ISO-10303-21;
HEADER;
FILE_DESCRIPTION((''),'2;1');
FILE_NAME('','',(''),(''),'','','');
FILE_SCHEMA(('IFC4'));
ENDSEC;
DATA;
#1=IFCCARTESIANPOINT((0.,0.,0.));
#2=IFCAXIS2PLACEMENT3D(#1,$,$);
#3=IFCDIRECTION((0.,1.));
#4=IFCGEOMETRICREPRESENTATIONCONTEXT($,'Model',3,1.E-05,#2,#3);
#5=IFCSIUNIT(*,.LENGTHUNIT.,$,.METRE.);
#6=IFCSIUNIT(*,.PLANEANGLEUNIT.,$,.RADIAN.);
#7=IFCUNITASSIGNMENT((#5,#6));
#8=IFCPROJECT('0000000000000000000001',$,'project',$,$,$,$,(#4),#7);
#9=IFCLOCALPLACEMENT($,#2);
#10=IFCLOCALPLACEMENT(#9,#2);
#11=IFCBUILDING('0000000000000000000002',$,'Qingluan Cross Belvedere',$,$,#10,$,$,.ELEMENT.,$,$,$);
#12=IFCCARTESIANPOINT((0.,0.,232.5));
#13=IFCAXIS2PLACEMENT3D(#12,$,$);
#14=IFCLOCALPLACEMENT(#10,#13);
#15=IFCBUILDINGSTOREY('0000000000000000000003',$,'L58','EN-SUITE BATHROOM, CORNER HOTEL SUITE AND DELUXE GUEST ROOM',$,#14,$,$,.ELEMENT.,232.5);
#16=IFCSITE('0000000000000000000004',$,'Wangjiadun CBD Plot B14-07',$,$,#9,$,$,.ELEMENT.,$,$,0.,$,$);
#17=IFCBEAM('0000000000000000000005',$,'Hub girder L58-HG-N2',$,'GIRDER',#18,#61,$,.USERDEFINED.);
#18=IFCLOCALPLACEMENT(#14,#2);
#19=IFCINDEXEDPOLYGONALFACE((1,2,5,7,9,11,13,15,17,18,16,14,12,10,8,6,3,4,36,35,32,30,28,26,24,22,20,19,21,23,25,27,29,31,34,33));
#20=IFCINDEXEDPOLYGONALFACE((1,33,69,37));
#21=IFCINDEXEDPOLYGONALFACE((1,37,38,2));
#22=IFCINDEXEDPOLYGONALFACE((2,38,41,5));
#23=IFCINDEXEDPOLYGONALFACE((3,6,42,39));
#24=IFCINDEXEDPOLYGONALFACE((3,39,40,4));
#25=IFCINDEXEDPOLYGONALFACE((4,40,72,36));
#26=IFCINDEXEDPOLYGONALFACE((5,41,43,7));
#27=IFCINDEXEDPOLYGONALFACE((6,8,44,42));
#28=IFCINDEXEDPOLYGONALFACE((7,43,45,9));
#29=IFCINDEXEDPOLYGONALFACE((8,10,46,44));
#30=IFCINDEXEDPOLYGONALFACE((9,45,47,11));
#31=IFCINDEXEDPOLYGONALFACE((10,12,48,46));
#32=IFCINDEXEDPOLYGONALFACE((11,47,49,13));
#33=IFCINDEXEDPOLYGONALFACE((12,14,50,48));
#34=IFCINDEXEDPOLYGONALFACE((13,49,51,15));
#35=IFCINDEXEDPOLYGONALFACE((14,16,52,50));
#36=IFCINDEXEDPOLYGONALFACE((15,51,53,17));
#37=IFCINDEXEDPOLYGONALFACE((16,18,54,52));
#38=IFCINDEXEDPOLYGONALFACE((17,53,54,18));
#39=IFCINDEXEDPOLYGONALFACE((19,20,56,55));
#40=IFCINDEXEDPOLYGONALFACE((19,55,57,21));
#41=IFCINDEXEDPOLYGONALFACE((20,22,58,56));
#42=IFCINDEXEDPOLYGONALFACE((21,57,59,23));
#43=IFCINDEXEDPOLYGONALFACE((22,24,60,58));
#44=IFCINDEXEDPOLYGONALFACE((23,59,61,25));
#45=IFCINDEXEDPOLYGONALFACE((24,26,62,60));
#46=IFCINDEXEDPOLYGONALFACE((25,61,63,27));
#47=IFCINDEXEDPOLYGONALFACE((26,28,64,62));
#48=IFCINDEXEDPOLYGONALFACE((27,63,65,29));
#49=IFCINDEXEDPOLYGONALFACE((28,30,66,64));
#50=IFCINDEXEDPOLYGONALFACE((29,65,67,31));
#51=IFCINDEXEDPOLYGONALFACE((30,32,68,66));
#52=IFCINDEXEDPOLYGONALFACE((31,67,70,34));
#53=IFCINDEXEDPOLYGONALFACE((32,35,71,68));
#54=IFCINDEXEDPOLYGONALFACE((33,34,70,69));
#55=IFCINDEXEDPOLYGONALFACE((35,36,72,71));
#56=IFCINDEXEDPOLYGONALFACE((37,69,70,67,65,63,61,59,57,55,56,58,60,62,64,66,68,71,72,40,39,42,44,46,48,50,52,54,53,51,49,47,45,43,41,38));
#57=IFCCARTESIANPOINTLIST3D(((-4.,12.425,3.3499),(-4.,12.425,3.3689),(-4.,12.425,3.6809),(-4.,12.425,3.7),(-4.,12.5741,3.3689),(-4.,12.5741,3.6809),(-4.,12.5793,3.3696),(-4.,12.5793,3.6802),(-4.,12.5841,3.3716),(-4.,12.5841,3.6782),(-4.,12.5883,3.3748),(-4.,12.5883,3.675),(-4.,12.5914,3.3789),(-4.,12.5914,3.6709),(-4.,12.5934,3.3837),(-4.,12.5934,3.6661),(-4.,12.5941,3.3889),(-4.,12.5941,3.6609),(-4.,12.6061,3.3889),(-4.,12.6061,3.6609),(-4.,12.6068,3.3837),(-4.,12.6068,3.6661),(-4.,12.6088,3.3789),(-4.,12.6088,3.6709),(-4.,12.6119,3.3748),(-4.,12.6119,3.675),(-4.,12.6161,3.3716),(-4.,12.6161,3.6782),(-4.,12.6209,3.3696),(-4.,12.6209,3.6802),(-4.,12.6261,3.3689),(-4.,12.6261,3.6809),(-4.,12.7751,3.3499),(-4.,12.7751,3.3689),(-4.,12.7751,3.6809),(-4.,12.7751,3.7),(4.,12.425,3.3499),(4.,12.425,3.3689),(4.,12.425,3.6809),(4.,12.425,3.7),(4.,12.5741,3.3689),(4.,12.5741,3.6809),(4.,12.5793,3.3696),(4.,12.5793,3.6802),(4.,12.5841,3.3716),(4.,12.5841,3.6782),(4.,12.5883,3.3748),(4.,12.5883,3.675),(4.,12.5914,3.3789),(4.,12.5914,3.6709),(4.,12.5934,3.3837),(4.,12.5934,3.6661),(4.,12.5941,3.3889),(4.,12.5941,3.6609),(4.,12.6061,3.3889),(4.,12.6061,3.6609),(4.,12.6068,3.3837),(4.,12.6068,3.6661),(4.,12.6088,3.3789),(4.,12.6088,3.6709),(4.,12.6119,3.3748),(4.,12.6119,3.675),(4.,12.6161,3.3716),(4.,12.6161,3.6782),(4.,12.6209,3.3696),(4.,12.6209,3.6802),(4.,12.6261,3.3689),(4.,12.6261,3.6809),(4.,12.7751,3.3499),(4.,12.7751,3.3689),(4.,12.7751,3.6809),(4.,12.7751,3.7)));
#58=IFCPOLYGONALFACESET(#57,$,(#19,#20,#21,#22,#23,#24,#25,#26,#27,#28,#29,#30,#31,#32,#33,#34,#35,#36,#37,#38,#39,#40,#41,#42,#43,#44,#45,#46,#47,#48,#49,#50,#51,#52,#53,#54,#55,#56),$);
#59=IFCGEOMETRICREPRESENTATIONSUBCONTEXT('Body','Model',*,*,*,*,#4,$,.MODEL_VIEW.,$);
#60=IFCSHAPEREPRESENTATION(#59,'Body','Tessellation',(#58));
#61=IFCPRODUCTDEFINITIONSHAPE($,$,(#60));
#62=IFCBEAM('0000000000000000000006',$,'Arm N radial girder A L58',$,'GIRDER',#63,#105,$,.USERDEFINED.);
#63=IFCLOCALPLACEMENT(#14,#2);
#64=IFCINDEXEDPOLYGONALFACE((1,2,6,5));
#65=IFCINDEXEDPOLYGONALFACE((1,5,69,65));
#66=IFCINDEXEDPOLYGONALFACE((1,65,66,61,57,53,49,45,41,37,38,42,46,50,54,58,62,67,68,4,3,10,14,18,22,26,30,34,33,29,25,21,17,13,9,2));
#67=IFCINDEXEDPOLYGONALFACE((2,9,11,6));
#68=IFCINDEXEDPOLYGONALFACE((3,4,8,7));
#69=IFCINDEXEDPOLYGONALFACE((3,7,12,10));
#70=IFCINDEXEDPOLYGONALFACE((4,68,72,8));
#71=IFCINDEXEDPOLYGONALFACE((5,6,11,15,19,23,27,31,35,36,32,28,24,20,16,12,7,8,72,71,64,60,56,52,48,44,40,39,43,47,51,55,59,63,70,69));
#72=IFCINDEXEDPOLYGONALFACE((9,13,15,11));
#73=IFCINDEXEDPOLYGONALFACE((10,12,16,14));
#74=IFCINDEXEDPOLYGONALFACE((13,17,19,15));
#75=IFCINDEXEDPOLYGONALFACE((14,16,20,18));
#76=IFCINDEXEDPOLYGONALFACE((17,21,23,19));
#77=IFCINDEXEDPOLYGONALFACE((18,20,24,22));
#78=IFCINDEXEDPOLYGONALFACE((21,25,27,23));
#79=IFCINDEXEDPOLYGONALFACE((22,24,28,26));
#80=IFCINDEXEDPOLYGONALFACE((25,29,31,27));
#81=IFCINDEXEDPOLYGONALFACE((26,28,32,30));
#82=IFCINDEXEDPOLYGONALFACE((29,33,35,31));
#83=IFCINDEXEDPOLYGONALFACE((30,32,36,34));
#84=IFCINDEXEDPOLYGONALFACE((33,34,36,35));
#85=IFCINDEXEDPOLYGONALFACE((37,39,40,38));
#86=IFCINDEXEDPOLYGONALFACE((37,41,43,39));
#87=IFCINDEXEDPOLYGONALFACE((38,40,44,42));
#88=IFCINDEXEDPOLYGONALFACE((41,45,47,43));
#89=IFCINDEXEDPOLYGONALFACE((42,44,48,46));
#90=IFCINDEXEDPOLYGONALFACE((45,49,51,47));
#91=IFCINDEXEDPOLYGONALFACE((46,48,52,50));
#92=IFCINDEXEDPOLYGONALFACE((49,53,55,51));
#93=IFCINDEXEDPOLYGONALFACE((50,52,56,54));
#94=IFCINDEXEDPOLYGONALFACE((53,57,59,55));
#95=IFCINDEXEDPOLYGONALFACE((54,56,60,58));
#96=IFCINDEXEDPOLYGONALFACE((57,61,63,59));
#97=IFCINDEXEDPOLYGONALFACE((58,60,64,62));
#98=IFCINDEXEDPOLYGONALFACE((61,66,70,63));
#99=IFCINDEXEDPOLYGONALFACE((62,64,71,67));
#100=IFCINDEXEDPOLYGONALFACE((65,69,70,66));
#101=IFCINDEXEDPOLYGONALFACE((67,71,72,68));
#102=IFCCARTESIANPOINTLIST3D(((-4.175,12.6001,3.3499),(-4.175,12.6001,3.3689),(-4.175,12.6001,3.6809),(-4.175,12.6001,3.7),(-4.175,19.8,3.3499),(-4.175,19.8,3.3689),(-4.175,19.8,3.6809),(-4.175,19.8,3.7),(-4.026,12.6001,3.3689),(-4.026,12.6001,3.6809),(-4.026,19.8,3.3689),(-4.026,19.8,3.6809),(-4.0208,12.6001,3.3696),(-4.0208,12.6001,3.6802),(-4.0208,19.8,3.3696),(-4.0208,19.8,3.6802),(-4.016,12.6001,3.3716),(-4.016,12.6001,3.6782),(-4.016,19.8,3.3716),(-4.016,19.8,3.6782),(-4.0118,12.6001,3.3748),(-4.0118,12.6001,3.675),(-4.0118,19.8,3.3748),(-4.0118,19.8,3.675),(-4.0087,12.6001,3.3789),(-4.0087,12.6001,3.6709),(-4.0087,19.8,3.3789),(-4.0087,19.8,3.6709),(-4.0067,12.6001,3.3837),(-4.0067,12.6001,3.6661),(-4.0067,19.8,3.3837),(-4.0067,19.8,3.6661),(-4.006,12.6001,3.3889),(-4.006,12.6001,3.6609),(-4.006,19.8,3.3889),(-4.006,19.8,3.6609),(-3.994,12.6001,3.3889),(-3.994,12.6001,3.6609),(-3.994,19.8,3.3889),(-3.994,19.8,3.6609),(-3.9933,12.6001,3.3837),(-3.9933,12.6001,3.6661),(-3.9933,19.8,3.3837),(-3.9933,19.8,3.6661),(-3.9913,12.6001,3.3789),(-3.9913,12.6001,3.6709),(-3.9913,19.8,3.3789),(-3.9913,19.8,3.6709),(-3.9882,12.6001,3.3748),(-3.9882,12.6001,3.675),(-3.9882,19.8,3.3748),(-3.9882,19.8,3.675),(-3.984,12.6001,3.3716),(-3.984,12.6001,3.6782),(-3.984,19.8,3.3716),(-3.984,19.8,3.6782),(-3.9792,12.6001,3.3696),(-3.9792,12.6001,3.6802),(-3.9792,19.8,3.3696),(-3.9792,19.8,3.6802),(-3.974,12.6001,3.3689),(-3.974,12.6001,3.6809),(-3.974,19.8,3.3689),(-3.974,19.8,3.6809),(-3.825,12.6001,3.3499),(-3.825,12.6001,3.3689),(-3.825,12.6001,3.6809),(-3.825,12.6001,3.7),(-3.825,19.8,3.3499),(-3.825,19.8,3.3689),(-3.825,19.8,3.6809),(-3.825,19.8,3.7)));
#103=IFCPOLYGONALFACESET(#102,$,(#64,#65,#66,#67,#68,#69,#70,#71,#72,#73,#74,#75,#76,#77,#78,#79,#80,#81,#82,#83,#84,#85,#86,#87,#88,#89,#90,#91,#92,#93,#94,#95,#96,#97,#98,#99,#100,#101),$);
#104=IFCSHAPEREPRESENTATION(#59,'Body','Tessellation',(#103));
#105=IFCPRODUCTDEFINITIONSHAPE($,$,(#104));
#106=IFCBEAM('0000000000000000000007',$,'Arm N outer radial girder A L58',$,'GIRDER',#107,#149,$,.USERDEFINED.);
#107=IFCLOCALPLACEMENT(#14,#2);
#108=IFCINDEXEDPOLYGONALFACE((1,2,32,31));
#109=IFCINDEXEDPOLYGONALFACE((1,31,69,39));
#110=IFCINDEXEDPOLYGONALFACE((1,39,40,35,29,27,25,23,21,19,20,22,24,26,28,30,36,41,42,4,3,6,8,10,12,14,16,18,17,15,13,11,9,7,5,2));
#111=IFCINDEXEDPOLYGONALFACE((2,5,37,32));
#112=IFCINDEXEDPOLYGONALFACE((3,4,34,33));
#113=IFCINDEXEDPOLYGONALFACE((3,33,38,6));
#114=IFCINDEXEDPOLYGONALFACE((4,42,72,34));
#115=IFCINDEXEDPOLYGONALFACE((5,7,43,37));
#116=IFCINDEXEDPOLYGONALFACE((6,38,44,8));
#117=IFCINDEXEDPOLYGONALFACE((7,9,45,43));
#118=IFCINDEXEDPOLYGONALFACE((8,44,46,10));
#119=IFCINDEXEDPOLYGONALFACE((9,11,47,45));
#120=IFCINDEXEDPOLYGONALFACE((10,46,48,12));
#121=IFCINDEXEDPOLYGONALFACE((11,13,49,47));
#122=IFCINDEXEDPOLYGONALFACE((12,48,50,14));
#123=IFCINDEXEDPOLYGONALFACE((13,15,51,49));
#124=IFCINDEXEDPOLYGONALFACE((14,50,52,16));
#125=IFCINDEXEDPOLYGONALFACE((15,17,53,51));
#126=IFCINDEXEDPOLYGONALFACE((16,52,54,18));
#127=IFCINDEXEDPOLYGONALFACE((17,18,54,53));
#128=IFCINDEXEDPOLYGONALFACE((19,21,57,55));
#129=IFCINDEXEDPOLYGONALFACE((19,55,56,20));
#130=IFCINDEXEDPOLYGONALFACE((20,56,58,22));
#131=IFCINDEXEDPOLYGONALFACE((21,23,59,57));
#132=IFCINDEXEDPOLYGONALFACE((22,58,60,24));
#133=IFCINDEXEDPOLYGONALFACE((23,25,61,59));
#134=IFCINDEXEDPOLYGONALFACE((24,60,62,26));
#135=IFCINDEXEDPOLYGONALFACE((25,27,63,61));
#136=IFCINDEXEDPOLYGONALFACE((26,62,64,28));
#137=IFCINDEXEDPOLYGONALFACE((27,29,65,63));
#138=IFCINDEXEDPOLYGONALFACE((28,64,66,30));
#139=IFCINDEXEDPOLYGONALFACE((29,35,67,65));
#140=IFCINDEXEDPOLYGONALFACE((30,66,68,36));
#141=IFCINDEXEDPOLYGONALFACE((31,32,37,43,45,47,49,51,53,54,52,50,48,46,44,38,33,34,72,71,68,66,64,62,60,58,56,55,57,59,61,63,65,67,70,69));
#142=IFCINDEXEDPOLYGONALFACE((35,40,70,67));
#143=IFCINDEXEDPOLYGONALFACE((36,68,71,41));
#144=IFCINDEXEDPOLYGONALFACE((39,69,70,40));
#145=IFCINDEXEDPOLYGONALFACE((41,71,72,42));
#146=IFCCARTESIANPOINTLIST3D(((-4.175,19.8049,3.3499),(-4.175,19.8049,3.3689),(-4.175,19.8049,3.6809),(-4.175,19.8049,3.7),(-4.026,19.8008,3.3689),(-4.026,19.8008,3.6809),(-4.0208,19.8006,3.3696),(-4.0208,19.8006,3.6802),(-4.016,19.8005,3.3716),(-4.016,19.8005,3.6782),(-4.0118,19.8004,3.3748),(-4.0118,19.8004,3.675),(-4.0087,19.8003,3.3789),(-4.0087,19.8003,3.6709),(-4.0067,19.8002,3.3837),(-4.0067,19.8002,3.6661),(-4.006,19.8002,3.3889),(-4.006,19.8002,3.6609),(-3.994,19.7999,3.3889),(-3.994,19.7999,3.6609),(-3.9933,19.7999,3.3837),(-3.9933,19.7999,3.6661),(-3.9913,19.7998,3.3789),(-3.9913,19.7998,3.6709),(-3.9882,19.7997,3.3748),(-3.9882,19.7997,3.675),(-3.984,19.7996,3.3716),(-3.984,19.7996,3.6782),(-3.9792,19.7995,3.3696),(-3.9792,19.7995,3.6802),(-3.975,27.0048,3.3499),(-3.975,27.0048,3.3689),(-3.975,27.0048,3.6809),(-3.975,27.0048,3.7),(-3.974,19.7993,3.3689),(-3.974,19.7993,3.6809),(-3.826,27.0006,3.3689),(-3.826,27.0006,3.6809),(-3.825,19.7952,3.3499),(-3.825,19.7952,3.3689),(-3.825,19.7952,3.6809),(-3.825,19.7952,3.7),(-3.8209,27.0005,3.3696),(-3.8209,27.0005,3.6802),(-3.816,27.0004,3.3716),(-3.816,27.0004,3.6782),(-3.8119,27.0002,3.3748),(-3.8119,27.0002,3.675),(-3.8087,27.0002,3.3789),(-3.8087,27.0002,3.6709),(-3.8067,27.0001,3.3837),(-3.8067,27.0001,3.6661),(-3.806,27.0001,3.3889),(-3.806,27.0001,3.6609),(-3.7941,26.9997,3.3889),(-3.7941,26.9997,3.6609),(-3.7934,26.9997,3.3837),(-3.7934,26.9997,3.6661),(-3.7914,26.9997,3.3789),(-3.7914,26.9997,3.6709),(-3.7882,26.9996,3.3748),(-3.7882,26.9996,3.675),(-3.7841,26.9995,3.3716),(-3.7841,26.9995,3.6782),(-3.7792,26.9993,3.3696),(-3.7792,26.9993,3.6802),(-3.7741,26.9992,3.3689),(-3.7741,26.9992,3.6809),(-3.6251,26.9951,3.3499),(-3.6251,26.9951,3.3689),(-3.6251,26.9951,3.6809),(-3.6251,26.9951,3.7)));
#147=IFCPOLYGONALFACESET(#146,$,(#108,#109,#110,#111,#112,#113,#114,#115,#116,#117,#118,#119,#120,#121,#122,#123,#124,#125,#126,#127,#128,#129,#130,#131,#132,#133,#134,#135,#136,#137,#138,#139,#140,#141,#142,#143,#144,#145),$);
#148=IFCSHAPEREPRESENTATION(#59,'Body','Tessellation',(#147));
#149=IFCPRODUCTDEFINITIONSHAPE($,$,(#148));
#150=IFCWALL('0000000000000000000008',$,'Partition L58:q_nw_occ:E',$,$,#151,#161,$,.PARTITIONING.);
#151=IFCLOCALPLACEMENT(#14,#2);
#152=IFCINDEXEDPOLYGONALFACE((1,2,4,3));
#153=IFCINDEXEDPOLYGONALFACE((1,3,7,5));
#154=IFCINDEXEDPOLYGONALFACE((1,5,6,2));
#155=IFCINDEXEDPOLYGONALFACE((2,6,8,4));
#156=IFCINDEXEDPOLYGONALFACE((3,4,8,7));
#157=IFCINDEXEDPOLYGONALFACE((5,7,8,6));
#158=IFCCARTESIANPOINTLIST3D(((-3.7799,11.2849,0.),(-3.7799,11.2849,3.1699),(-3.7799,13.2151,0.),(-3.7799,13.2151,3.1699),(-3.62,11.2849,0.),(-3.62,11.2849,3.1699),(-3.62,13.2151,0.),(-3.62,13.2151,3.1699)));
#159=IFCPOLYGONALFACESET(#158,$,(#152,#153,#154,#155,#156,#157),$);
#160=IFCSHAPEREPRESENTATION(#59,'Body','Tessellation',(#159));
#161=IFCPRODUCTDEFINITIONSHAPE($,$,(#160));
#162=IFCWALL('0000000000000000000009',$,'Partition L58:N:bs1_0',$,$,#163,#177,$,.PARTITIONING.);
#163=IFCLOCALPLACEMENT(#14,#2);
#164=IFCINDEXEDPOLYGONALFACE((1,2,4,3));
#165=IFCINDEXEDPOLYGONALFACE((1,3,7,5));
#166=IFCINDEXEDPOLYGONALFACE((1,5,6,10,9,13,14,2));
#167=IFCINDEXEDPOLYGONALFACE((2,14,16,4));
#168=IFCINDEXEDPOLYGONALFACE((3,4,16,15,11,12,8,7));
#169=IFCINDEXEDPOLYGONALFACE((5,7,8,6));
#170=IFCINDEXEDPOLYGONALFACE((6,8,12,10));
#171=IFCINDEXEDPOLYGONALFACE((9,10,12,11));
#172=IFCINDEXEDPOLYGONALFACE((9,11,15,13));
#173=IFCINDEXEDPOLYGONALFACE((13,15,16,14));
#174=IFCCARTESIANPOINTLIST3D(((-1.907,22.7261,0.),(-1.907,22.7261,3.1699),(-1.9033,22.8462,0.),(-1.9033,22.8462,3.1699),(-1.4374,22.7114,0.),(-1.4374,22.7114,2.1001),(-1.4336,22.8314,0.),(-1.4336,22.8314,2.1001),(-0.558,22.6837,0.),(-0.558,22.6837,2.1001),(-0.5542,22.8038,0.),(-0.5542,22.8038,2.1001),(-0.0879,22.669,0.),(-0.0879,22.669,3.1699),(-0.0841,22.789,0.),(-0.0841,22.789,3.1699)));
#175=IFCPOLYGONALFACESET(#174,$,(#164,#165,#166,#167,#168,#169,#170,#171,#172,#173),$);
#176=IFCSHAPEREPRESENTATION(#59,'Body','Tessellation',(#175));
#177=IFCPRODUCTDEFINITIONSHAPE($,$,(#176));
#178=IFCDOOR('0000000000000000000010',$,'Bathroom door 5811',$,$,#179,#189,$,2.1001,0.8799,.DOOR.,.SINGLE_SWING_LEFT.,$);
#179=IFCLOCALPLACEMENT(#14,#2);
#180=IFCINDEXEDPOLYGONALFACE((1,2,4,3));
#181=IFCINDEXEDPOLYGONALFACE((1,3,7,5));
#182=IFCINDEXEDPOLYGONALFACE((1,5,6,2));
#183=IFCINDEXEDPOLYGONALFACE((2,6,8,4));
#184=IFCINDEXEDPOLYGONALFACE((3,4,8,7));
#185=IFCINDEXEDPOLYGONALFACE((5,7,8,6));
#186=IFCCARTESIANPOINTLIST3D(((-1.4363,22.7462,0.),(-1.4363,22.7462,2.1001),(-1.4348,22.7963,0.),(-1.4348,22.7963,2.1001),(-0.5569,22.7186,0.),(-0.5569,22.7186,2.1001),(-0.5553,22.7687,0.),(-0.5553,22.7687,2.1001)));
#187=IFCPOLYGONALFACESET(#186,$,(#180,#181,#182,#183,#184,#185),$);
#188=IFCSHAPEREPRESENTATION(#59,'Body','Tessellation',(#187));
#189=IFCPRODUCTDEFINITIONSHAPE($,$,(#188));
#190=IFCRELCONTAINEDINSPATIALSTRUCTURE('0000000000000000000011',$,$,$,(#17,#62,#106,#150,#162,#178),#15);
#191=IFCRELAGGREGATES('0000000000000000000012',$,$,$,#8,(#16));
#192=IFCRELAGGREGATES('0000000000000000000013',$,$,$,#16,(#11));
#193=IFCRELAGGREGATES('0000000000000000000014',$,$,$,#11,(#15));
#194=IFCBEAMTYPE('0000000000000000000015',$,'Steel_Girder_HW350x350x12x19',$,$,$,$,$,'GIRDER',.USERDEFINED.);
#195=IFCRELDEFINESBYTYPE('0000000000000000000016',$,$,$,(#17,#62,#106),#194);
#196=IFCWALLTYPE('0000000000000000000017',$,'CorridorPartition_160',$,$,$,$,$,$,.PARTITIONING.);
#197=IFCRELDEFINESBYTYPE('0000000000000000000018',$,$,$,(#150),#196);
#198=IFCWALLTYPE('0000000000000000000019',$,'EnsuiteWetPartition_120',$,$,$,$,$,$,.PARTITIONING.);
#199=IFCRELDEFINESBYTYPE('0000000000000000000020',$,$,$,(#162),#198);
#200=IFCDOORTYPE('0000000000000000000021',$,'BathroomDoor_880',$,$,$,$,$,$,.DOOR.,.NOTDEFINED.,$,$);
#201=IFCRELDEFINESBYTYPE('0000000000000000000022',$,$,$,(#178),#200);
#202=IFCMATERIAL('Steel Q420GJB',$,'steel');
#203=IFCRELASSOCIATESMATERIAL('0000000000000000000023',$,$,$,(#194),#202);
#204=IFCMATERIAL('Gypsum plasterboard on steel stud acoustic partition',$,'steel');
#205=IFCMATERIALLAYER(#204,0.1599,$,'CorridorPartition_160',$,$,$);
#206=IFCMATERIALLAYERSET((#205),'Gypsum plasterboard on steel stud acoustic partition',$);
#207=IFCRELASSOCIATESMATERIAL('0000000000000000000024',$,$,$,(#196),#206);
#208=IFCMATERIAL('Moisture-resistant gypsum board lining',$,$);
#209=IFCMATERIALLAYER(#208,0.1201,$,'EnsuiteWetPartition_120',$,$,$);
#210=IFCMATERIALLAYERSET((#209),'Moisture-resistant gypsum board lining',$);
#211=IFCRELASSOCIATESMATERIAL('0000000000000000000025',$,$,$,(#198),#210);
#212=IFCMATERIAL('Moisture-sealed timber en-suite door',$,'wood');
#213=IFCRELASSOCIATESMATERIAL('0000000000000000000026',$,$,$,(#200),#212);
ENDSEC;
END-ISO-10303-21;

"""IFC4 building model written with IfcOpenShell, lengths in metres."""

from ifc_helpers import new_model, si_unit, direction, frame, frame_2d, origin, origin_2d, place, context, subcontext, project, spatial, rectangle, i_section, extrude, material, layer, layer_set, material_profile, profile_set, type_object, element, fill, save


model = new_model("IFC4")

# Units and contexts
model_context = context("Model", 3, precision=1e-05, world=origin(), true_north=direction((0.0, 1.0)))
body_context = subcontext(model_context, "Body", "Model", "MODEL_VIEW")
ifc_project = project(units=[si_unit("LENGTHUNIT", "METRE"), si_unit("PLANEANGLEUNIT", "RADIAN")], contexts=[model_context])

# Site, building, storey
site_placement = place(None, origin())
site = spatial("IfcSite", under=ifc_project, at=site_placement, Name="Wangjiadun CBD Plot B14-07", CompositionType="ELEMENT", RefElevation=0.0)
building_placement = place(site_placement, origin())
building = spatial("IfcBuilding", under=site, at=building_placement, Name="Qingluan Cross Belvedere", CompositionType="ELEMENT")
storey_placement = place(building_placement, frame((0.0, 0.0, 232.5)))
storey = spatial("IfcBuildingStorey", under=building, at=storey_placement, Name="L58", Description="EN-SUITE BATHROOM, CORNER HOTEL SUITE AND DELUXE GUEST ROOM", CompositionType="ELEMENT", Elevation=232.5)

# Beams
ifc_material_1 = material(Name="Steel Q420GJB", Category="steel")
ifc_material_profile_1 = material_profile(ifc_material_1, i_section(OverallWidth=0.3501, OverallDepth=0.3501, WebThickness=0.012, FlangeThickness=0.019, FilletRadius=0.02, at=origin_2d()), Name="HW350x350x12x19")
ifc_profile_set_1 = profile_set([ifc_material_profile_1], Name="Steel Q420GJB")
beam_type_1 = type_object("IfcBeamType", Name="Steel_Girder_HW350x350x12x19", ElementType="GIRDER", PredefinedType="USERDEFINED", material=ifc_profile_set_1)
beam_1_placement = place(storey_placement, frame((-4.0, 12.6001, 3.5249), z_axis=(1.0, 0.0, 0.0), x_axis=(0.0, 1.0, 0.0)))
element("IfcBeam", 1, at=beam_1_placement, inside=storey, type_object=beam_type_1, Name="Hub girder L58-HG-N2", ObjectType="GIRDER", PredefinedType="USERDEFINED", context=body_context, shape_type="SweptSolid", body=[
    extrude(i_section(OverallWidth=0.3501, OverallDepth=0.3501, WebThickness=0.012, FlangeThickness=0.019, FilletRadius=0.02, at=origin_2d()), origin(), (0.0, 0.0, 1.0), 8.0),
])
beam_2_placement = place(storey_placement, frame((-4.0, 12.6001, 3.5249), z_axis=(0.0, 1.0, 0.0), x_axis=(-1.0, 0.0, 0.0)))
element("IfcBeam", 2, at=beam_2_placement, inside=storey, type_object=beam_type_1, Name="Arm N radial girder A L58", ObjectType="GIRDER", PredefinedType="USERDEFINED", context=body_context, shape_type="SweptSolid", body=[
    extrude(i_section(OverallWidth=0.3501, OverallDepth=0.3501, WebThickness=0.012, FlangeThickness=0.019, FilletRadius=0.02, at=origin_2d()), origin(), (0.0, 0.0, 1.0), 7.2),
])
beam_3_placement = place(storey_placement, frame((-4.0, 19.8, 3.5249), z_axis=(0.02776, 0.999615, 0.0), x_axis=(-0.999615, 0.02776, 0.0)))
element("IfcBeam", 3, at=beam_3_placement, inside=storey, type_object=beam_type_1, Name="Arm N outer radial girder A L58", ObjectType="GIRDER", PredefinedType="USERDEFINED", context=body_context, shape_type="SweptSolid", body=[
    extrude(i_section(OverallWidth=0.3501, OverallDepth=0.3501, WebThickness=0.012, FlangeThickness=0.019, FilletRadius=0.02, at=origin_2d()), origin(), (0.0, 0.0, 1.0), 7.2026),
])

# Wall
ifc_material_2 = material(Name="Gypsum plasterboard on steel stud acoustic partition", Category="steel")
ifc_layer_1 = layer(ifc_material_2, 0.1599, Name="CorridorPartition_160")
ifc_layer_set_1 = layer_set([ifc_layer_1], Name="Gypsum plasterboard on steel stud acoustic partition")
wall_type_1 = type_object("IfcWallType", Name="CorridorPartition_160", PredefinedType="PARTITIONING", material=ifc_layer_set_1)
wall_1_placement = place(storey_placement, frame((-3.7, 11.2849, 0.0), z_axis=(0.0, 0.0, 1.0), x_axis=(0.0, 1.0, 0.0)))
element("IfcWall", 4, at=wall_1_placement, inside=storey, type_object=wall_type_1, Name="Partition L58:q_nw_occ:E", PredefinedType="PARTITIONING", context=body_context, shape_type="SweptSolid", body=[
    extrude(rectangle(XDim=1.9302, YDim=0.1599, at=frame_2d((0.9651, 0.0))), origin(), (0.0, 0.0, 1.0), 3.1699),
])

# Wall, opening, door
ifc_material_3 = material(Name="Moisture-resistant gypsum board lining")
ifc_layer_2 = layer(ifc_material_3, 0.1201, Name="EnsuiteWetPartition_120")
ifc_layer_set_2 = layer_set([ifc_layer_2], Name="Moisture-resistant gypsum board lining")
wall_type_2 = type_object("IfcWallType", Name="EnsuiteWetPartition_120", PredefinedType="PARTITIONING", material=ifc_layer_set_2)
wall_2_placement = place(storey_placement, frame((-1.9053, 22.7861, 0.0), z_axis=(0.0, 0.0, 1.0), x_axis=(0.999507, -0.03139, 0.0)))
wall_2 = element("IfcWall", 5, at=wall_2_placement, inside=storey, type_object=wall_type_2, Name="Partition L58:N:bs1_0", PredefinedType="PARTITIONING", context=body_context, shape_type="SweptSolid", body=[
    extrude(rectangle(XDim=1.8201, YDim=0.1201, at=frame_2d((0.9102, 0.0))), origin(), (0.0, 0.0, 1.0), 3.1699),
])
opening_1_placement = place(wall_2_placement, frame((0.47, 0.0, 0.0)))
opening_1 = element("IfcOpeningElement", 6, at=opening_1_placement, cuts=wall_2, PredefinedType="OPENING", context=body_context, shape_type="SweptSolid", body=[
    extrude(rectangle(XDim=0.8799, YDim=2.1001, at=frame_2d((0.4399, 1.05))), frame((0.0, 0.0701, 0.0), z_axis=(0.0, -1.0, 0.0), x_axis=(1.0, 0.0, 0.0)), (0.0, 0.0, 1.0), 0.1401),
])
ifc_material_4 = material(Name="Moisture-sealed timber en-suite door", Category="wood")
door_type = type_object("IfcDoorType", Name="BathroomDoor_880", OperationType="NOTDEFINED", PredefinedType="DOOR", material=ifc_material_4)
door_placement = place(opening_1_placement, origin())
door = element("IfcDoor", 7, at=door_placement, inside=storey, type_object=door_type, Name="Bathroom door 5811", OperationType="SINGLE_SWING_LEFT", OverallHeight=2.1001, OverallWidth=0.8799, PredefinedType="DOOR", context=body_context, shape_type="SweptSolid", body=[
    extrude(rectangle(XDim=0.8799, YDim=2.1001, at=frame_2d((0.4399, 1.05))), frame((0.0, 0.0249, 0.0), z_axis=(0.0, -1.0, 0.0), x_axis=(1.0, 0.0, 0.0)), (0.0, 0.0, 1.0), 0.05),
])
fill(opening_1, door)

save(model, "model.ifc")
